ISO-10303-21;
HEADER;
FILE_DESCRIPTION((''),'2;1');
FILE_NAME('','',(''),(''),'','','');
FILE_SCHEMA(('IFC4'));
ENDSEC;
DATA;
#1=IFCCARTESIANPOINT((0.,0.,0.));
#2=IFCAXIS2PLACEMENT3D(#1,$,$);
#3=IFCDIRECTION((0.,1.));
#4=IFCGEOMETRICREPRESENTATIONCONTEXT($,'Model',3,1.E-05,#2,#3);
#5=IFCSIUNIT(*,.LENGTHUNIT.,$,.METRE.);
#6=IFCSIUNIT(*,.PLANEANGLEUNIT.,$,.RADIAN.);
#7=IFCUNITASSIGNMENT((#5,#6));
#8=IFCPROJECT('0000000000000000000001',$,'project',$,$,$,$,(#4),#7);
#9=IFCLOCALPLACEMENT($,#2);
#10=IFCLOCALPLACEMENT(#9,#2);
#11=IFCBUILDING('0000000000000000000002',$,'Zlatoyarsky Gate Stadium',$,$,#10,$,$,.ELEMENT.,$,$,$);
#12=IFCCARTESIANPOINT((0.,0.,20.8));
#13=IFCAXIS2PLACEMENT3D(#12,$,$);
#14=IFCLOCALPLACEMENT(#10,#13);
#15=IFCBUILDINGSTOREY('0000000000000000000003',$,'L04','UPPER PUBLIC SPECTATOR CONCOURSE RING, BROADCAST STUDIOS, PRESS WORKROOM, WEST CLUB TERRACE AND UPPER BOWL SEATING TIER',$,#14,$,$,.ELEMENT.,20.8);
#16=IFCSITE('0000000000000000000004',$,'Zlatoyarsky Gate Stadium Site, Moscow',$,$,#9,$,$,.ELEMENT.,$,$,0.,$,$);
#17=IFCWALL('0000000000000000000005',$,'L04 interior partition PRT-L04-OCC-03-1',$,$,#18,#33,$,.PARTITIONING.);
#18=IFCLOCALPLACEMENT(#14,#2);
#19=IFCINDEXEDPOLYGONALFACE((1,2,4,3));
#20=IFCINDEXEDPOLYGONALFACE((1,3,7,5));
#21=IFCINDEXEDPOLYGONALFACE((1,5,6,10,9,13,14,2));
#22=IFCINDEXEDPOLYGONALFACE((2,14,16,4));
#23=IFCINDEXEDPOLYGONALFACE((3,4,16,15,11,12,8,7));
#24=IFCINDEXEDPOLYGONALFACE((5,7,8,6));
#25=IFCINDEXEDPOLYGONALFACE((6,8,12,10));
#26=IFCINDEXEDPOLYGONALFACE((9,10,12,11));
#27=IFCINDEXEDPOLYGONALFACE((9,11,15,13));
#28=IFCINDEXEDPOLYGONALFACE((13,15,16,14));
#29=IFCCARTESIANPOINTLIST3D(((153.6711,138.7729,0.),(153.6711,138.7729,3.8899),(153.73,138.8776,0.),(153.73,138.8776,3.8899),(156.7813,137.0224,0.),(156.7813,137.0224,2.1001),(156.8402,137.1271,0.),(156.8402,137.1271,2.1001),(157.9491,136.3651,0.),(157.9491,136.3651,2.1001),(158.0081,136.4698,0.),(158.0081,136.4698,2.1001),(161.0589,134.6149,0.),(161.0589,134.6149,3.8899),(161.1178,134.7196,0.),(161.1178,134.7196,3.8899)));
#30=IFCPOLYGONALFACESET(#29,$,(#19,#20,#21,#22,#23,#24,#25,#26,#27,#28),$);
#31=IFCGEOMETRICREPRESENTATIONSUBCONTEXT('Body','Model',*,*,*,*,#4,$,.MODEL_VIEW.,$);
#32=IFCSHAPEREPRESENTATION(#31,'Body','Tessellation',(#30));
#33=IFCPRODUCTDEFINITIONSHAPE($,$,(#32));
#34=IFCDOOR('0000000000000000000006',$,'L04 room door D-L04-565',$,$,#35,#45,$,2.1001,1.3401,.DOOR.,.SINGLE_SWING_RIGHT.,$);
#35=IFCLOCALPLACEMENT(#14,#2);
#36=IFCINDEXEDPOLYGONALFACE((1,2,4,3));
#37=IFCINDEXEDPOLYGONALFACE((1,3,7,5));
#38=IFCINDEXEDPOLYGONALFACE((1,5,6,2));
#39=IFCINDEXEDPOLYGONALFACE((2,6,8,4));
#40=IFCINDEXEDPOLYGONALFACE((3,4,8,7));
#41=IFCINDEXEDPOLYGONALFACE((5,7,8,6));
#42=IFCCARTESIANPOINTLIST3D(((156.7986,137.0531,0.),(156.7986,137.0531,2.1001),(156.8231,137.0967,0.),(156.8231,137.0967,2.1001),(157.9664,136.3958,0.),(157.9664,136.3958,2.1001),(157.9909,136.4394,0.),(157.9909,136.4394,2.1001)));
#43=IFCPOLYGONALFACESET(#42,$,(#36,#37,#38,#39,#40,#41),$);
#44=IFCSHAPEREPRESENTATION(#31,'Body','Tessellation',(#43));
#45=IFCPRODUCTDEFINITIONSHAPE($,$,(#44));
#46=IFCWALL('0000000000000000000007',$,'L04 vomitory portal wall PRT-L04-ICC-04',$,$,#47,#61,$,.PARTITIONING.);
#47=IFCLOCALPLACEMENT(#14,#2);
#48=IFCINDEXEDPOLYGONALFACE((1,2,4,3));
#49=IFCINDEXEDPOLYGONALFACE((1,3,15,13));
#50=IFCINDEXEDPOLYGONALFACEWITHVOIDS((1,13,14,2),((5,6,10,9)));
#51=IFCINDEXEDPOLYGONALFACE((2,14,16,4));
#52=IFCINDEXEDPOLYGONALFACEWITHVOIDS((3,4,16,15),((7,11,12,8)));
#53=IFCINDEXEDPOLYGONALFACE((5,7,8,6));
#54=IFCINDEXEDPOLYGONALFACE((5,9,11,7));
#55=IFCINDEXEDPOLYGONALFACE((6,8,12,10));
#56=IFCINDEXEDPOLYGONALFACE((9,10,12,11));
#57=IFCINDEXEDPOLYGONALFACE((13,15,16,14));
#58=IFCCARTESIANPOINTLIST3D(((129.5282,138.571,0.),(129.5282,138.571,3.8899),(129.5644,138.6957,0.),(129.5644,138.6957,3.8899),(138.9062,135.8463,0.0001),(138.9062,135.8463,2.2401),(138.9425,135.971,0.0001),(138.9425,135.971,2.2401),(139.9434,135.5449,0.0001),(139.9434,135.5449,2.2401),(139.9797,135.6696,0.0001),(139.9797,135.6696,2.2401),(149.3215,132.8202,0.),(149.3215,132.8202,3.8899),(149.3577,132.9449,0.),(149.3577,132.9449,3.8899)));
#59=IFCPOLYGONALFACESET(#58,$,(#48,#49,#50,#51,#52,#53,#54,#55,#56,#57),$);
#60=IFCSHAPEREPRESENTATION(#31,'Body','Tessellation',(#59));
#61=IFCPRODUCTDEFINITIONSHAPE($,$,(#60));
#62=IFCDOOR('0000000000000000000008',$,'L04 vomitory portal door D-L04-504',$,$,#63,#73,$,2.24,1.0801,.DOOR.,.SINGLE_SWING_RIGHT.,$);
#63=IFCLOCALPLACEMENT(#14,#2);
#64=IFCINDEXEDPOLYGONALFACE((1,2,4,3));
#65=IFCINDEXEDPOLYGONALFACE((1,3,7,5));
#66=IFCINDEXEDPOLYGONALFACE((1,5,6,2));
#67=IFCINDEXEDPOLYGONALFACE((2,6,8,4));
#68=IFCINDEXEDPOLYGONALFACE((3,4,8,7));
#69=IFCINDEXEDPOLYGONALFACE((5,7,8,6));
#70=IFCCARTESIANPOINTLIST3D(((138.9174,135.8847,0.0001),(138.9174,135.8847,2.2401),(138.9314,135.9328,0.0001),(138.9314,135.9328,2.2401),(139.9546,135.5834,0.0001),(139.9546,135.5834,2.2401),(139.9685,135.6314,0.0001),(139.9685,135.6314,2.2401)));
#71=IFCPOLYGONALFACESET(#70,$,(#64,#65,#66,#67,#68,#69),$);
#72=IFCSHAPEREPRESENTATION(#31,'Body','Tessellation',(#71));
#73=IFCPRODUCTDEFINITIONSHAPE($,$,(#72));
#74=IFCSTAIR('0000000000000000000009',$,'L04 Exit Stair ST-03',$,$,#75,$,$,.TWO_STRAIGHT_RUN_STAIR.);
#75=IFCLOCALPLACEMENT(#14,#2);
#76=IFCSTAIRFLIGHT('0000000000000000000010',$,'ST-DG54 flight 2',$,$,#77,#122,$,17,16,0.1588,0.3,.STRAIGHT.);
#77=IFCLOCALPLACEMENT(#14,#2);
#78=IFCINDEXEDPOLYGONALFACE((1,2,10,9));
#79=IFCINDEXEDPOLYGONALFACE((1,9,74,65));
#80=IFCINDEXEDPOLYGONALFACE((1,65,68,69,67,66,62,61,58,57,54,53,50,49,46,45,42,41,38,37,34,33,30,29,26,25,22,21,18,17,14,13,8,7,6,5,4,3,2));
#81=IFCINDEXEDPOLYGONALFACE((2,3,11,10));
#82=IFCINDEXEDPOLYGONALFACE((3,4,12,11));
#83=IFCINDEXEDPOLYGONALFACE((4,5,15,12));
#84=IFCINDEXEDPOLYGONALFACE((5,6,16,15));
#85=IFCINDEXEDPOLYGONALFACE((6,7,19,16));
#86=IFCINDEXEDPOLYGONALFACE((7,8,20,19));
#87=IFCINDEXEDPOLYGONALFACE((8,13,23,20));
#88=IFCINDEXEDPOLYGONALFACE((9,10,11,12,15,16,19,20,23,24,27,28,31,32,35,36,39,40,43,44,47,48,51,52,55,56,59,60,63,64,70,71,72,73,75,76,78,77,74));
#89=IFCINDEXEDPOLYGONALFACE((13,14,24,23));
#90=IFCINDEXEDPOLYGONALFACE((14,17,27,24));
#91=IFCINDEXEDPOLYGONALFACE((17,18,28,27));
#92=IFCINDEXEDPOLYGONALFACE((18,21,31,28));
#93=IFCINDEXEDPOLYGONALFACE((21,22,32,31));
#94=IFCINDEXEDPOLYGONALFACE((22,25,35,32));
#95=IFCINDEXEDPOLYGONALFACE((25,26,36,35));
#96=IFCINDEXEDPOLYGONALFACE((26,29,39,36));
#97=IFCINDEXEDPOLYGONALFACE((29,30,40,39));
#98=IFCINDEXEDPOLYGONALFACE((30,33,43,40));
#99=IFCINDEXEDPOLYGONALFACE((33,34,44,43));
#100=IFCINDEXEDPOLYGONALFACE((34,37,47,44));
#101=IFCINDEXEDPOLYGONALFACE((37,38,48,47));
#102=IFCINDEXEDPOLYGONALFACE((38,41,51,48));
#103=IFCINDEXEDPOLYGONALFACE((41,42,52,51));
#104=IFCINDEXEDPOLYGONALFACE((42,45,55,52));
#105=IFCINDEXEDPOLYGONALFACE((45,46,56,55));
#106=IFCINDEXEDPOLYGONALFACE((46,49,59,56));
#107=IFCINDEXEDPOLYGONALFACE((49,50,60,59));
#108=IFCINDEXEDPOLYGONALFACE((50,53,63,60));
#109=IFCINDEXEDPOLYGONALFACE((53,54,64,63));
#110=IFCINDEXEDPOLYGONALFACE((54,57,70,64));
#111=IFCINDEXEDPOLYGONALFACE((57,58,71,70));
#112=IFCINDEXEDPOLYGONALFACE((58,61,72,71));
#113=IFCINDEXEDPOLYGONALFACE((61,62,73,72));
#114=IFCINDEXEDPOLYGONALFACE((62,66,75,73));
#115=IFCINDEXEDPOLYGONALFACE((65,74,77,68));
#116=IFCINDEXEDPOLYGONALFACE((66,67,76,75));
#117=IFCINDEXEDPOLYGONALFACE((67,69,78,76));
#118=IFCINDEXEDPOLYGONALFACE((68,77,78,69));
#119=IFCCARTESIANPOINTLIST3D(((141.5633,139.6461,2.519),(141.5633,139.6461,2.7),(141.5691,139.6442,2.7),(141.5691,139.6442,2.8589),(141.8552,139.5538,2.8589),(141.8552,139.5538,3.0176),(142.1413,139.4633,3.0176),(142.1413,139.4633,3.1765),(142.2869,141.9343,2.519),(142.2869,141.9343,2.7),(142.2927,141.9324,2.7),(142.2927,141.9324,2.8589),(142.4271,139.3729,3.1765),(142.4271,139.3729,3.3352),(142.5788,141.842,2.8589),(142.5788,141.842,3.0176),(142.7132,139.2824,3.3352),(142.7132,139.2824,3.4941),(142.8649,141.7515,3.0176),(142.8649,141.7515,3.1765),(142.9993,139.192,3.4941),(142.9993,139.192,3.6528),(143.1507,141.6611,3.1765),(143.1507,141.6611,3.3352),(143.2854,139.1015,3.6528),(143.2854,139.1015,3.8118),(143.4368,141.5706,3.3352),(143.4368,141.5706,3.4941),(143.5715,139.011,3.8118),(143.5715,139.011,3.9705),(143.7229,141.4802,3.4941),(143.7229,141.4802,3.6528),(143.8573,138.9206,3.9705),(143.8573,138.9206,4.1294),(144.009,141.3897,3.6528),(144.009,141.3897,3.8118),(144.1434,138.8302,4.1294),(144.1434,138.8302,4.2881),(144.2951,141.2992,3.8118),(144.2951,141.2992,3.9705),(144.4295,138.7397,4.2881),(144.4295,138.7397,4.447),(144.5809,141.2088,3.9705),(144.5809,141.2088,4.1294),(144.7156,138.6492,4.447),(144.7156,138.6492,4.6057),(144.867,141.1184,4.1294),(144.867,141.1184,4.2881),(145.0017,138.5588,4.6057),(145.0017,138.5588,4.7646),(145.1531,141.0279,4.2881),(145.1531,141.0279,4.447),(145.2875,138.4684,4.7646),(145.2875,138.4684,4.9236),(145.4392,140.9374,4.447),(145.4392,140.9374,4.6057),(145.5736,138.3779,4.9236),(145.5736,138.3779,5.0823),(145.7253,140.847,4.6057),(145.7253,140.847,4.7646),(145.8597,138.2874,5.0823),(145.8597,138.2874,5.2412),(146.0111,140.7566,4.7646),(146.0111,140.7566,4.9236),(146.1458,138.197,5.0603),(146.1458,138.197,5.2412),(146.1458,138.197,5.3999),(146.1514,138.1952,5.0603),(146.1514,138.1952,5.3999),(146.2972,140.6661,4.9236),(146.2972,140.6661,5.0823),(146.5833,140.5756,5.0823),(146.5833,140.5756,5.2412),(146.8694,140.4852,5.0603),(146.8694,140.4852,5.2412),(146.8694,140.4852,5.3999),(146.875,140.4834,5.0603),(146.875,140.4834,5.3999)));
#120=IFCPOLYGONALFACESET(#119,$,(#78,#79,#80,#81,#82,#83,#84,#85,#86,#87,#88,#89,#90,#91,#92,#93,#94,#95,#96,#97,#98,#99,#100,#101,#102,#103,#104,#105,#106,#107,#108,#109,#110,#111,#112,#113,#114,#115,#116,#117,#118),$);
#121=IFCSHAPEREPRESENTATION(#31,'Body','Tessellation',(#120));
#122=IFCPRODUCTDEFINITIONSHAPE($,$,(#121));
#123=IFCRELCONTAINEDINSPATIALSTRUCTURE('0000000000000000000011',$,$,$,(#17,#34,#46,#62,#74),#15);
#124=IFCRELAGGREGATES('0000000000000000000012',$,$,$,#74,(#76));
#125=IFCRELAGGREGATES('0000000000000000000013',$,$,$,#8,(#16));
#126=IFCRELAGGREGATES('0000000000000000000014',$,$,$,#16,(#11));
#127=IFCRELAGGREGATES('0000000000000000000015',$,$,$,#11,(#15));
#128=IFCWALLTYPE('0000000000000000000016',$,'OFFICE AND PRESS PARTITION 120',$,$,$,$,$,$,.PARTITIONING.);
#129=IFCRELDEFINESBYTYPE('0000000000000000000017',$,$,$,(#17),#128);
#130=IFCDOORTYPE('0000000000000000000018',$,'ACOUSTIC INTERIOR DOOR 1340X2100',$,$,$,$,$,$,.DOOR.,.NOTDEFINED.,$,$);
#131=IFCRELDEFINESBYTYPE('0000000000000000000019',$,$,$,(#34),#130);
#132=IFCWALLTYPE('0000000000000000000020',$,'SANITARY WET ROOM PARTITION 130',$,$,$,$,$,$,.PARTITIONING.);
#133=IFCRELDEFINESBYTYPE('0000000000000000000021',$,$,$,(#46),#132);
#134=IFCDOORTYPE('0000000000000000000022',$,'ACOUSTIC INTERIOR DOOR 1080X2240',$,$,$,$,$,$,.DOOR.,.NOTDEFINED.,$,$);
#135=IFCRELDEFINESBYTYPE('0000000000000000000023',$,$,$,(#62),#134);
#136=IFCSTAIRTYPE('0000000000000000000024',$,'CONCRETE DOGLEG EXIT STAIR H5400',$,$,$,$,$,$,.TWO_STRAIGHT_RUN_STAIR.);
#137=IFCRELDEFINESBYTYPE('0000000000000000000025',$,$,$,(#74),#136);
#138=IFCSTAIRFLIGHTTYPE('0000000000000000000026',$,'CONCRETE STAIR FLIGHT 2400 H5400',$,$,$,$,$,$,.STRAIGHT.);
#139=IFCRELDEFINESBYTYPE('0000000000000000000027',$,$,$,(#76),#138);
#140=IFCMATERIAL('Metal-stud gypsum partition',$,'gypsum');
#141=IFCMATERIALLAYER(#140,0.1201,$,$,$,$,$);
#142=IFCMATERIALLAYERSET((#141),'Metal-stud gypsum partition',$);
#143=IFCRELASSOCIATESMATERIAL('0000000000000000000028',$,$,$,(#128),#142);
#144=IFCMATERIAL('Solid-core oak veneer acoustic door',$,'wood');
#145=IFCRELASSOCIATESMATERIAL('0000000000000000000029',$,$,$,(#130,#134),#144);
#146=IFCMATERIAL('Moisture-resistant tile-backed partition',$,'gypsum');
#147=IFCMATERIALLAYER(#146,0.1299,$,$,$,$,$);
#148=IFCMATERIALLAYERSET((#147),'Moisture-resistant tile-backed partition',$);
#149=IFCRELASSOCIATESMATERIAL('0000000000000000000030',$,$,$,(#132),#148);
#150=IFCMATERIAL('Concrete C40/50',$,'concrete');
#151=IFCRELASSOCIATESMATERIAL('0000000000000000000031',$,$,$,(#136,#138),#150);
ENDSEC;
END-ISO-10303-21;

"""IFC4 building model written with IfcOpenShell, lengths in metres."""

from ifc_helpers import new_model, si_unit, direction, frame, frame_2d, origin, place, context, subcontext, project, spatial, polyline, rectangle, outline, extrude, material, layer, layer_set, type_object, element, fill, aggregate, save


model = new_model("IFC4")

# Units and contexts
model_context = context("Model", 3, precision=1e-05, world=origin(), true_north=direction((0.0, 1.0)))
body_context = subcontext(model_context, "Body", "Model", "MODEL_VIEW")
ifc_project = project(units=[si_unit("LENGTHUNIT", "METRE"), si_unit("PLANEANGLEUNIT", "RADIAN")], contexts=[model_context])

# Site, building, storey
site_placement = place(None, origin())
site = spatial("IfcSite", under=ifc_project, at=site_placement, Name="Zlatoyarsky Gate Stadium Site, Moscow", CompositionType="ELEMENT", RefElevation=0.0)
building_placement = place(site_placement, origin())
building = spatial("IfcBuilding", under=site, at=building_placement, Name="Zlatoyarsky Gate Stadium", CompositionType="ELEMENT")
storey_placement = place(building_placement, frame((0.0, 0.0, 20.8)))
storey = spatial("IfcBuildingStorey", under=building, at=storey_placement, Name="L04", Description="UPPER PUBLIC SPECTATOR CONCOURSE RING, BROADCAST STUDIOS, PRESS WORKROOM, WEST CLUB TERRACE AND UPPER BOWL SEATING TIER", CompositionType="ELEMENT", Elevation=20.8)

# Shared definitions
ifc_material_1 = material(Name="Concrete C40/50", Category="concrete")

# Shared definitions
ifc_material_2 = material(Name="Metal-stud gypsum partition", Category="gypsum")

# Walls, openings, doors
ifc_layer_1 = layer(ifc_material_2, 0.1201)
ifc_layer_set_1 = layer_set([ifc_layer_1], Name="Metal-stud gypsum partition")
wall_type_1 = type_object("IfcWallType", Name="OFFICE AND PRESS PARTITION 120", PredefinedType="PARTITIONING", material=ifc_layer_set_1)
wall_1_placement = place(storey_placement, frame((161.0884, 134.6672, 0.0), z_axis=(0.0, 0.0, 1.0), x_axis=(-0.871456, 0.490475, 0.0)))
wall_1 = element("IfcWall", 1, at=wall_1_placement, inside=storey, type_object=wall_type_1, Name="L04 interior partition PRT-L04-OCC-03-1", PredefinedType="PARTITIONING", context=body_context, shape_type="SweptSolid", body=[
    extrude(rectangle(XDim=8.4775, YDim=0.1201, at=frame_2d((4.2388, 0.0))), origin(), (0.0, 0.0, 1.0), 3.8899),
])
opening_1_placement = place(wall_1_placement, frame((3.5686, 0.0, 0.0)))
opening_1 = element("IfcOpeningElement", 2, at=opening_1_placement, cuts=wall_1, PredefinedType="OPENING", context=body_context, shape_type="SweptSolid", body=[
    extrude(rectangle(XDim=1.3401, YDim=2.1001, at=frame_2d((0.6699, 1.05))), frame((0.0, 0.0701, 0.0), z_axis=(0.0, -1.0, 0.0), x_axis=(1.0, 0.0, 0.0)), (0.0, 0.0, 1.0), 0.1401),
])
ifc_material_3 = material(Name="Solid-core oak veneer acoustic door", Category="wood")
door_type_1 = type_object("IfcDoorType", Name="ACOUSTIC INTERIOR DOOR 1340X2100", OperationType="NOTDEFINED", PredefinedType="DOOR", material=ifc_material_3)
door_1_placement = place(opening_1_placement, origin())
door_1 = element("IfcDoor", 3, at=door_1_placement, inside=storey, type_object=door_type_1, Name="L04 room door D-L04-565", OperationType="SINGLE_SWING_RIGHT", OverallHeight=2.1001, OverallWidth=1.3401, PredefinedType="DOOR", context=body_context, shape_type="SweptSolid", body=[
    extrude(rectangle(XDim=1.3401, YDim=2.1001, at=frame_2d((0.6699, 1.05))), frame((0.0, 0.0249, 0.0), z_axis=(0.0, -1.0, 0.0), x_axis=(1.0, 0.0, 0.0)), (0.0, 0.0, 1.0), 0.05),
])
fill(opening_1, door_1)
ifc_material_4 = material(Name="Moisture-resistant tile-backed partition", Category="gypsum")
ifc_layer_2 = layer(ifc_material_4, 0.1299)
ifc_layer_set_2 = layer_set([ifc_layer_2], Name="Moisture-resistant tile-backed partition")
wall_type_2 = type_object("IfcWallType", Name="SANITARY WET ROOM PARTITION 130", PredefinedType="PARTITIONING", material=ifc_layer_set_2)
wall_2_placement = place(storey_placement, frame((149.3396, 132.8826, 0.0), z_axis=(0.0, 0.0, 1.0), x_axis=(-0.96029, 0.279003, 0.0)))
wall_2 = element("IfcWall", 4, at=wall_2_placement, inside=storey, type_object=wall_type_2, Name="L04 vomitory portal wall PRT-L04-ICC-04", PredefinedType="PARTITIONING", context=body_context, shape_type="SweptSolid", body=[
    extrude(rectangle(XDim=20.6118, YDim=0.1299, at=frame_2d((10.3059, 0.0))), origin(), (0.0, 0.0, 1.0), 3.8899),
])
opening_2_placement = place(wall_2_placement, frame((9.7659, 0.0, 0.0)))
opening_2 = element("IfcOpeningElement", 5, at=opening_2_placement, cuts=wall_2, PredefinedType="OPENING", context=body_context, shape_type="SweptSolid", body=[
    extrude(rectangle(XDim=1.0801, YDim=2.24, at=frame_2d((0.54, 1.1201))), frame((0.0, 0.075, 0.0), z_axis=(0.0, -1.0, 0.0), x_axis=(1.0, 0.0, 0.0)), (0.0, 0.0, 1.0), 0.1499),
])
door_type_2 = type_object("IfcDoorType", Name="ACOUSTIC INTERIOR DOOR 1080X2240", OperationType="NOTDEFINED", PredefinedType="DOOR", material=ifc_material_3)
door_2_placement = place(opening_2_placement, origin())
door_2 = element("IfcDoor", 6, at=door_2_placement, inside=storey, type_object=door_type_2, Name="L04 vomitory portal door D-L04-504", OperationType="SINGLE_SWING_RIGHT", OverallHeight=2.24, OverallWidth=1.0801, PredefinedType="DOOR", context=body_context, shape_type="SweptSolid", body=[
    extrude(rectangle(XDim=1.0801, YDim=2.24, at=frame_2d((0.54, 1.1201))), frame((0.0, 0.0249, 0.0), z_axis=(0.0, -1.0, 0.0), x_axis=(1.0, 0.0, 0.0)), (0.0, 0.0, 1.0), 0.05),
])
fill(opening_2, door_2)

# Stair, stair flight
stair_type = type_object("IfcStairType", Name="CONCRETE DOGLEG EXIT STAIR H5400", PredefinedType="TWO_STRAIGHT_RUN_STAIR", material=ifc_material_1)
stair_placement = place(storey_placement, origin())
stair = element("IfcStair", 7, at=stair_placement, inside=storey, type_object=stair_type, Name="L04 Exit Stair ST-03", PredefinedType="TWO_STRAIGHT_RUN_STAIR")
stair_flight_type = type_object("IfcStairFlightType", Name="CONCRETE STAIR FLIGHT 2400 H5400", PredefinedType="STRAIGHT", material=ifc_material_1)
stair_flight_placement = place(storey_placement, frame((141.9309, 140.7883, 2.7), z_axis=(0.0, 0.0, 1.0), x_axis=(0.953463, -0.30151, 0.0)))
stair_flight = element("IfcStairFlight", 8, at=stair_flight_placement, type_object=stair_flight_type, Name="ST-DG54 flight 2", NumberOfRisers=17, NumberOfTreads=16, PredefinedType="STRAIGHT", RiserHeight=0.1588, TreadLength=0.3, context=body_context, shape_type="SweptSolid", body=[
    extrude(outline(polyline([(-0.0061, -0.1809), (-0.0061, 0.0), (0.0, 0.0), (0.0, 0.1589), (0.3, 0.1589), (0.3, 0.3176), (0.6001, 0.3176), (0.6001, 0.4766), (0.8999, 0.4766), (0.8999, 0.6353), (1.2, 0.6353), (1.2, 0.7942), (1.5, 0.7942), (1.5, 0.9529), (1.8, 0.9529), (1.8, 1.1118), (2.1001, 1.1118), (2.1001, 1.2705), (2.3999, 1.2705), (2.3999, 1.4294), (2.7, 1.4294), (2.7, 1.5881), (3.0, 1.5881), (3.0, 1.7471), (3.3, 1.7471), (3.3, 1.9058), (3.6001, 1.9058), (3.6001, 2.0647), (3.8999, 2.0647), (3.8999, 2.2236), (4.2, 2.2236), (4.2, 2.3823), (4.5, 2.3823), (4.5, 2.5413), (4.8, 2.5413), (4.8, 2.7), (4.8059, 2.7), (4.8059, 2.3604), (4.8, 2.3604), (-0.0061, -0.1809)])), frame((0.0, 1.2, 0.0), z_axis=(0.0, -1.0, 0.0), x_axis=(1.0, 0.0, 0.0)), (0.0, 0.0, 1.0), 2.3999),
])
aggregate(stair, [stair_flight])

save(model, "model.ifc")
